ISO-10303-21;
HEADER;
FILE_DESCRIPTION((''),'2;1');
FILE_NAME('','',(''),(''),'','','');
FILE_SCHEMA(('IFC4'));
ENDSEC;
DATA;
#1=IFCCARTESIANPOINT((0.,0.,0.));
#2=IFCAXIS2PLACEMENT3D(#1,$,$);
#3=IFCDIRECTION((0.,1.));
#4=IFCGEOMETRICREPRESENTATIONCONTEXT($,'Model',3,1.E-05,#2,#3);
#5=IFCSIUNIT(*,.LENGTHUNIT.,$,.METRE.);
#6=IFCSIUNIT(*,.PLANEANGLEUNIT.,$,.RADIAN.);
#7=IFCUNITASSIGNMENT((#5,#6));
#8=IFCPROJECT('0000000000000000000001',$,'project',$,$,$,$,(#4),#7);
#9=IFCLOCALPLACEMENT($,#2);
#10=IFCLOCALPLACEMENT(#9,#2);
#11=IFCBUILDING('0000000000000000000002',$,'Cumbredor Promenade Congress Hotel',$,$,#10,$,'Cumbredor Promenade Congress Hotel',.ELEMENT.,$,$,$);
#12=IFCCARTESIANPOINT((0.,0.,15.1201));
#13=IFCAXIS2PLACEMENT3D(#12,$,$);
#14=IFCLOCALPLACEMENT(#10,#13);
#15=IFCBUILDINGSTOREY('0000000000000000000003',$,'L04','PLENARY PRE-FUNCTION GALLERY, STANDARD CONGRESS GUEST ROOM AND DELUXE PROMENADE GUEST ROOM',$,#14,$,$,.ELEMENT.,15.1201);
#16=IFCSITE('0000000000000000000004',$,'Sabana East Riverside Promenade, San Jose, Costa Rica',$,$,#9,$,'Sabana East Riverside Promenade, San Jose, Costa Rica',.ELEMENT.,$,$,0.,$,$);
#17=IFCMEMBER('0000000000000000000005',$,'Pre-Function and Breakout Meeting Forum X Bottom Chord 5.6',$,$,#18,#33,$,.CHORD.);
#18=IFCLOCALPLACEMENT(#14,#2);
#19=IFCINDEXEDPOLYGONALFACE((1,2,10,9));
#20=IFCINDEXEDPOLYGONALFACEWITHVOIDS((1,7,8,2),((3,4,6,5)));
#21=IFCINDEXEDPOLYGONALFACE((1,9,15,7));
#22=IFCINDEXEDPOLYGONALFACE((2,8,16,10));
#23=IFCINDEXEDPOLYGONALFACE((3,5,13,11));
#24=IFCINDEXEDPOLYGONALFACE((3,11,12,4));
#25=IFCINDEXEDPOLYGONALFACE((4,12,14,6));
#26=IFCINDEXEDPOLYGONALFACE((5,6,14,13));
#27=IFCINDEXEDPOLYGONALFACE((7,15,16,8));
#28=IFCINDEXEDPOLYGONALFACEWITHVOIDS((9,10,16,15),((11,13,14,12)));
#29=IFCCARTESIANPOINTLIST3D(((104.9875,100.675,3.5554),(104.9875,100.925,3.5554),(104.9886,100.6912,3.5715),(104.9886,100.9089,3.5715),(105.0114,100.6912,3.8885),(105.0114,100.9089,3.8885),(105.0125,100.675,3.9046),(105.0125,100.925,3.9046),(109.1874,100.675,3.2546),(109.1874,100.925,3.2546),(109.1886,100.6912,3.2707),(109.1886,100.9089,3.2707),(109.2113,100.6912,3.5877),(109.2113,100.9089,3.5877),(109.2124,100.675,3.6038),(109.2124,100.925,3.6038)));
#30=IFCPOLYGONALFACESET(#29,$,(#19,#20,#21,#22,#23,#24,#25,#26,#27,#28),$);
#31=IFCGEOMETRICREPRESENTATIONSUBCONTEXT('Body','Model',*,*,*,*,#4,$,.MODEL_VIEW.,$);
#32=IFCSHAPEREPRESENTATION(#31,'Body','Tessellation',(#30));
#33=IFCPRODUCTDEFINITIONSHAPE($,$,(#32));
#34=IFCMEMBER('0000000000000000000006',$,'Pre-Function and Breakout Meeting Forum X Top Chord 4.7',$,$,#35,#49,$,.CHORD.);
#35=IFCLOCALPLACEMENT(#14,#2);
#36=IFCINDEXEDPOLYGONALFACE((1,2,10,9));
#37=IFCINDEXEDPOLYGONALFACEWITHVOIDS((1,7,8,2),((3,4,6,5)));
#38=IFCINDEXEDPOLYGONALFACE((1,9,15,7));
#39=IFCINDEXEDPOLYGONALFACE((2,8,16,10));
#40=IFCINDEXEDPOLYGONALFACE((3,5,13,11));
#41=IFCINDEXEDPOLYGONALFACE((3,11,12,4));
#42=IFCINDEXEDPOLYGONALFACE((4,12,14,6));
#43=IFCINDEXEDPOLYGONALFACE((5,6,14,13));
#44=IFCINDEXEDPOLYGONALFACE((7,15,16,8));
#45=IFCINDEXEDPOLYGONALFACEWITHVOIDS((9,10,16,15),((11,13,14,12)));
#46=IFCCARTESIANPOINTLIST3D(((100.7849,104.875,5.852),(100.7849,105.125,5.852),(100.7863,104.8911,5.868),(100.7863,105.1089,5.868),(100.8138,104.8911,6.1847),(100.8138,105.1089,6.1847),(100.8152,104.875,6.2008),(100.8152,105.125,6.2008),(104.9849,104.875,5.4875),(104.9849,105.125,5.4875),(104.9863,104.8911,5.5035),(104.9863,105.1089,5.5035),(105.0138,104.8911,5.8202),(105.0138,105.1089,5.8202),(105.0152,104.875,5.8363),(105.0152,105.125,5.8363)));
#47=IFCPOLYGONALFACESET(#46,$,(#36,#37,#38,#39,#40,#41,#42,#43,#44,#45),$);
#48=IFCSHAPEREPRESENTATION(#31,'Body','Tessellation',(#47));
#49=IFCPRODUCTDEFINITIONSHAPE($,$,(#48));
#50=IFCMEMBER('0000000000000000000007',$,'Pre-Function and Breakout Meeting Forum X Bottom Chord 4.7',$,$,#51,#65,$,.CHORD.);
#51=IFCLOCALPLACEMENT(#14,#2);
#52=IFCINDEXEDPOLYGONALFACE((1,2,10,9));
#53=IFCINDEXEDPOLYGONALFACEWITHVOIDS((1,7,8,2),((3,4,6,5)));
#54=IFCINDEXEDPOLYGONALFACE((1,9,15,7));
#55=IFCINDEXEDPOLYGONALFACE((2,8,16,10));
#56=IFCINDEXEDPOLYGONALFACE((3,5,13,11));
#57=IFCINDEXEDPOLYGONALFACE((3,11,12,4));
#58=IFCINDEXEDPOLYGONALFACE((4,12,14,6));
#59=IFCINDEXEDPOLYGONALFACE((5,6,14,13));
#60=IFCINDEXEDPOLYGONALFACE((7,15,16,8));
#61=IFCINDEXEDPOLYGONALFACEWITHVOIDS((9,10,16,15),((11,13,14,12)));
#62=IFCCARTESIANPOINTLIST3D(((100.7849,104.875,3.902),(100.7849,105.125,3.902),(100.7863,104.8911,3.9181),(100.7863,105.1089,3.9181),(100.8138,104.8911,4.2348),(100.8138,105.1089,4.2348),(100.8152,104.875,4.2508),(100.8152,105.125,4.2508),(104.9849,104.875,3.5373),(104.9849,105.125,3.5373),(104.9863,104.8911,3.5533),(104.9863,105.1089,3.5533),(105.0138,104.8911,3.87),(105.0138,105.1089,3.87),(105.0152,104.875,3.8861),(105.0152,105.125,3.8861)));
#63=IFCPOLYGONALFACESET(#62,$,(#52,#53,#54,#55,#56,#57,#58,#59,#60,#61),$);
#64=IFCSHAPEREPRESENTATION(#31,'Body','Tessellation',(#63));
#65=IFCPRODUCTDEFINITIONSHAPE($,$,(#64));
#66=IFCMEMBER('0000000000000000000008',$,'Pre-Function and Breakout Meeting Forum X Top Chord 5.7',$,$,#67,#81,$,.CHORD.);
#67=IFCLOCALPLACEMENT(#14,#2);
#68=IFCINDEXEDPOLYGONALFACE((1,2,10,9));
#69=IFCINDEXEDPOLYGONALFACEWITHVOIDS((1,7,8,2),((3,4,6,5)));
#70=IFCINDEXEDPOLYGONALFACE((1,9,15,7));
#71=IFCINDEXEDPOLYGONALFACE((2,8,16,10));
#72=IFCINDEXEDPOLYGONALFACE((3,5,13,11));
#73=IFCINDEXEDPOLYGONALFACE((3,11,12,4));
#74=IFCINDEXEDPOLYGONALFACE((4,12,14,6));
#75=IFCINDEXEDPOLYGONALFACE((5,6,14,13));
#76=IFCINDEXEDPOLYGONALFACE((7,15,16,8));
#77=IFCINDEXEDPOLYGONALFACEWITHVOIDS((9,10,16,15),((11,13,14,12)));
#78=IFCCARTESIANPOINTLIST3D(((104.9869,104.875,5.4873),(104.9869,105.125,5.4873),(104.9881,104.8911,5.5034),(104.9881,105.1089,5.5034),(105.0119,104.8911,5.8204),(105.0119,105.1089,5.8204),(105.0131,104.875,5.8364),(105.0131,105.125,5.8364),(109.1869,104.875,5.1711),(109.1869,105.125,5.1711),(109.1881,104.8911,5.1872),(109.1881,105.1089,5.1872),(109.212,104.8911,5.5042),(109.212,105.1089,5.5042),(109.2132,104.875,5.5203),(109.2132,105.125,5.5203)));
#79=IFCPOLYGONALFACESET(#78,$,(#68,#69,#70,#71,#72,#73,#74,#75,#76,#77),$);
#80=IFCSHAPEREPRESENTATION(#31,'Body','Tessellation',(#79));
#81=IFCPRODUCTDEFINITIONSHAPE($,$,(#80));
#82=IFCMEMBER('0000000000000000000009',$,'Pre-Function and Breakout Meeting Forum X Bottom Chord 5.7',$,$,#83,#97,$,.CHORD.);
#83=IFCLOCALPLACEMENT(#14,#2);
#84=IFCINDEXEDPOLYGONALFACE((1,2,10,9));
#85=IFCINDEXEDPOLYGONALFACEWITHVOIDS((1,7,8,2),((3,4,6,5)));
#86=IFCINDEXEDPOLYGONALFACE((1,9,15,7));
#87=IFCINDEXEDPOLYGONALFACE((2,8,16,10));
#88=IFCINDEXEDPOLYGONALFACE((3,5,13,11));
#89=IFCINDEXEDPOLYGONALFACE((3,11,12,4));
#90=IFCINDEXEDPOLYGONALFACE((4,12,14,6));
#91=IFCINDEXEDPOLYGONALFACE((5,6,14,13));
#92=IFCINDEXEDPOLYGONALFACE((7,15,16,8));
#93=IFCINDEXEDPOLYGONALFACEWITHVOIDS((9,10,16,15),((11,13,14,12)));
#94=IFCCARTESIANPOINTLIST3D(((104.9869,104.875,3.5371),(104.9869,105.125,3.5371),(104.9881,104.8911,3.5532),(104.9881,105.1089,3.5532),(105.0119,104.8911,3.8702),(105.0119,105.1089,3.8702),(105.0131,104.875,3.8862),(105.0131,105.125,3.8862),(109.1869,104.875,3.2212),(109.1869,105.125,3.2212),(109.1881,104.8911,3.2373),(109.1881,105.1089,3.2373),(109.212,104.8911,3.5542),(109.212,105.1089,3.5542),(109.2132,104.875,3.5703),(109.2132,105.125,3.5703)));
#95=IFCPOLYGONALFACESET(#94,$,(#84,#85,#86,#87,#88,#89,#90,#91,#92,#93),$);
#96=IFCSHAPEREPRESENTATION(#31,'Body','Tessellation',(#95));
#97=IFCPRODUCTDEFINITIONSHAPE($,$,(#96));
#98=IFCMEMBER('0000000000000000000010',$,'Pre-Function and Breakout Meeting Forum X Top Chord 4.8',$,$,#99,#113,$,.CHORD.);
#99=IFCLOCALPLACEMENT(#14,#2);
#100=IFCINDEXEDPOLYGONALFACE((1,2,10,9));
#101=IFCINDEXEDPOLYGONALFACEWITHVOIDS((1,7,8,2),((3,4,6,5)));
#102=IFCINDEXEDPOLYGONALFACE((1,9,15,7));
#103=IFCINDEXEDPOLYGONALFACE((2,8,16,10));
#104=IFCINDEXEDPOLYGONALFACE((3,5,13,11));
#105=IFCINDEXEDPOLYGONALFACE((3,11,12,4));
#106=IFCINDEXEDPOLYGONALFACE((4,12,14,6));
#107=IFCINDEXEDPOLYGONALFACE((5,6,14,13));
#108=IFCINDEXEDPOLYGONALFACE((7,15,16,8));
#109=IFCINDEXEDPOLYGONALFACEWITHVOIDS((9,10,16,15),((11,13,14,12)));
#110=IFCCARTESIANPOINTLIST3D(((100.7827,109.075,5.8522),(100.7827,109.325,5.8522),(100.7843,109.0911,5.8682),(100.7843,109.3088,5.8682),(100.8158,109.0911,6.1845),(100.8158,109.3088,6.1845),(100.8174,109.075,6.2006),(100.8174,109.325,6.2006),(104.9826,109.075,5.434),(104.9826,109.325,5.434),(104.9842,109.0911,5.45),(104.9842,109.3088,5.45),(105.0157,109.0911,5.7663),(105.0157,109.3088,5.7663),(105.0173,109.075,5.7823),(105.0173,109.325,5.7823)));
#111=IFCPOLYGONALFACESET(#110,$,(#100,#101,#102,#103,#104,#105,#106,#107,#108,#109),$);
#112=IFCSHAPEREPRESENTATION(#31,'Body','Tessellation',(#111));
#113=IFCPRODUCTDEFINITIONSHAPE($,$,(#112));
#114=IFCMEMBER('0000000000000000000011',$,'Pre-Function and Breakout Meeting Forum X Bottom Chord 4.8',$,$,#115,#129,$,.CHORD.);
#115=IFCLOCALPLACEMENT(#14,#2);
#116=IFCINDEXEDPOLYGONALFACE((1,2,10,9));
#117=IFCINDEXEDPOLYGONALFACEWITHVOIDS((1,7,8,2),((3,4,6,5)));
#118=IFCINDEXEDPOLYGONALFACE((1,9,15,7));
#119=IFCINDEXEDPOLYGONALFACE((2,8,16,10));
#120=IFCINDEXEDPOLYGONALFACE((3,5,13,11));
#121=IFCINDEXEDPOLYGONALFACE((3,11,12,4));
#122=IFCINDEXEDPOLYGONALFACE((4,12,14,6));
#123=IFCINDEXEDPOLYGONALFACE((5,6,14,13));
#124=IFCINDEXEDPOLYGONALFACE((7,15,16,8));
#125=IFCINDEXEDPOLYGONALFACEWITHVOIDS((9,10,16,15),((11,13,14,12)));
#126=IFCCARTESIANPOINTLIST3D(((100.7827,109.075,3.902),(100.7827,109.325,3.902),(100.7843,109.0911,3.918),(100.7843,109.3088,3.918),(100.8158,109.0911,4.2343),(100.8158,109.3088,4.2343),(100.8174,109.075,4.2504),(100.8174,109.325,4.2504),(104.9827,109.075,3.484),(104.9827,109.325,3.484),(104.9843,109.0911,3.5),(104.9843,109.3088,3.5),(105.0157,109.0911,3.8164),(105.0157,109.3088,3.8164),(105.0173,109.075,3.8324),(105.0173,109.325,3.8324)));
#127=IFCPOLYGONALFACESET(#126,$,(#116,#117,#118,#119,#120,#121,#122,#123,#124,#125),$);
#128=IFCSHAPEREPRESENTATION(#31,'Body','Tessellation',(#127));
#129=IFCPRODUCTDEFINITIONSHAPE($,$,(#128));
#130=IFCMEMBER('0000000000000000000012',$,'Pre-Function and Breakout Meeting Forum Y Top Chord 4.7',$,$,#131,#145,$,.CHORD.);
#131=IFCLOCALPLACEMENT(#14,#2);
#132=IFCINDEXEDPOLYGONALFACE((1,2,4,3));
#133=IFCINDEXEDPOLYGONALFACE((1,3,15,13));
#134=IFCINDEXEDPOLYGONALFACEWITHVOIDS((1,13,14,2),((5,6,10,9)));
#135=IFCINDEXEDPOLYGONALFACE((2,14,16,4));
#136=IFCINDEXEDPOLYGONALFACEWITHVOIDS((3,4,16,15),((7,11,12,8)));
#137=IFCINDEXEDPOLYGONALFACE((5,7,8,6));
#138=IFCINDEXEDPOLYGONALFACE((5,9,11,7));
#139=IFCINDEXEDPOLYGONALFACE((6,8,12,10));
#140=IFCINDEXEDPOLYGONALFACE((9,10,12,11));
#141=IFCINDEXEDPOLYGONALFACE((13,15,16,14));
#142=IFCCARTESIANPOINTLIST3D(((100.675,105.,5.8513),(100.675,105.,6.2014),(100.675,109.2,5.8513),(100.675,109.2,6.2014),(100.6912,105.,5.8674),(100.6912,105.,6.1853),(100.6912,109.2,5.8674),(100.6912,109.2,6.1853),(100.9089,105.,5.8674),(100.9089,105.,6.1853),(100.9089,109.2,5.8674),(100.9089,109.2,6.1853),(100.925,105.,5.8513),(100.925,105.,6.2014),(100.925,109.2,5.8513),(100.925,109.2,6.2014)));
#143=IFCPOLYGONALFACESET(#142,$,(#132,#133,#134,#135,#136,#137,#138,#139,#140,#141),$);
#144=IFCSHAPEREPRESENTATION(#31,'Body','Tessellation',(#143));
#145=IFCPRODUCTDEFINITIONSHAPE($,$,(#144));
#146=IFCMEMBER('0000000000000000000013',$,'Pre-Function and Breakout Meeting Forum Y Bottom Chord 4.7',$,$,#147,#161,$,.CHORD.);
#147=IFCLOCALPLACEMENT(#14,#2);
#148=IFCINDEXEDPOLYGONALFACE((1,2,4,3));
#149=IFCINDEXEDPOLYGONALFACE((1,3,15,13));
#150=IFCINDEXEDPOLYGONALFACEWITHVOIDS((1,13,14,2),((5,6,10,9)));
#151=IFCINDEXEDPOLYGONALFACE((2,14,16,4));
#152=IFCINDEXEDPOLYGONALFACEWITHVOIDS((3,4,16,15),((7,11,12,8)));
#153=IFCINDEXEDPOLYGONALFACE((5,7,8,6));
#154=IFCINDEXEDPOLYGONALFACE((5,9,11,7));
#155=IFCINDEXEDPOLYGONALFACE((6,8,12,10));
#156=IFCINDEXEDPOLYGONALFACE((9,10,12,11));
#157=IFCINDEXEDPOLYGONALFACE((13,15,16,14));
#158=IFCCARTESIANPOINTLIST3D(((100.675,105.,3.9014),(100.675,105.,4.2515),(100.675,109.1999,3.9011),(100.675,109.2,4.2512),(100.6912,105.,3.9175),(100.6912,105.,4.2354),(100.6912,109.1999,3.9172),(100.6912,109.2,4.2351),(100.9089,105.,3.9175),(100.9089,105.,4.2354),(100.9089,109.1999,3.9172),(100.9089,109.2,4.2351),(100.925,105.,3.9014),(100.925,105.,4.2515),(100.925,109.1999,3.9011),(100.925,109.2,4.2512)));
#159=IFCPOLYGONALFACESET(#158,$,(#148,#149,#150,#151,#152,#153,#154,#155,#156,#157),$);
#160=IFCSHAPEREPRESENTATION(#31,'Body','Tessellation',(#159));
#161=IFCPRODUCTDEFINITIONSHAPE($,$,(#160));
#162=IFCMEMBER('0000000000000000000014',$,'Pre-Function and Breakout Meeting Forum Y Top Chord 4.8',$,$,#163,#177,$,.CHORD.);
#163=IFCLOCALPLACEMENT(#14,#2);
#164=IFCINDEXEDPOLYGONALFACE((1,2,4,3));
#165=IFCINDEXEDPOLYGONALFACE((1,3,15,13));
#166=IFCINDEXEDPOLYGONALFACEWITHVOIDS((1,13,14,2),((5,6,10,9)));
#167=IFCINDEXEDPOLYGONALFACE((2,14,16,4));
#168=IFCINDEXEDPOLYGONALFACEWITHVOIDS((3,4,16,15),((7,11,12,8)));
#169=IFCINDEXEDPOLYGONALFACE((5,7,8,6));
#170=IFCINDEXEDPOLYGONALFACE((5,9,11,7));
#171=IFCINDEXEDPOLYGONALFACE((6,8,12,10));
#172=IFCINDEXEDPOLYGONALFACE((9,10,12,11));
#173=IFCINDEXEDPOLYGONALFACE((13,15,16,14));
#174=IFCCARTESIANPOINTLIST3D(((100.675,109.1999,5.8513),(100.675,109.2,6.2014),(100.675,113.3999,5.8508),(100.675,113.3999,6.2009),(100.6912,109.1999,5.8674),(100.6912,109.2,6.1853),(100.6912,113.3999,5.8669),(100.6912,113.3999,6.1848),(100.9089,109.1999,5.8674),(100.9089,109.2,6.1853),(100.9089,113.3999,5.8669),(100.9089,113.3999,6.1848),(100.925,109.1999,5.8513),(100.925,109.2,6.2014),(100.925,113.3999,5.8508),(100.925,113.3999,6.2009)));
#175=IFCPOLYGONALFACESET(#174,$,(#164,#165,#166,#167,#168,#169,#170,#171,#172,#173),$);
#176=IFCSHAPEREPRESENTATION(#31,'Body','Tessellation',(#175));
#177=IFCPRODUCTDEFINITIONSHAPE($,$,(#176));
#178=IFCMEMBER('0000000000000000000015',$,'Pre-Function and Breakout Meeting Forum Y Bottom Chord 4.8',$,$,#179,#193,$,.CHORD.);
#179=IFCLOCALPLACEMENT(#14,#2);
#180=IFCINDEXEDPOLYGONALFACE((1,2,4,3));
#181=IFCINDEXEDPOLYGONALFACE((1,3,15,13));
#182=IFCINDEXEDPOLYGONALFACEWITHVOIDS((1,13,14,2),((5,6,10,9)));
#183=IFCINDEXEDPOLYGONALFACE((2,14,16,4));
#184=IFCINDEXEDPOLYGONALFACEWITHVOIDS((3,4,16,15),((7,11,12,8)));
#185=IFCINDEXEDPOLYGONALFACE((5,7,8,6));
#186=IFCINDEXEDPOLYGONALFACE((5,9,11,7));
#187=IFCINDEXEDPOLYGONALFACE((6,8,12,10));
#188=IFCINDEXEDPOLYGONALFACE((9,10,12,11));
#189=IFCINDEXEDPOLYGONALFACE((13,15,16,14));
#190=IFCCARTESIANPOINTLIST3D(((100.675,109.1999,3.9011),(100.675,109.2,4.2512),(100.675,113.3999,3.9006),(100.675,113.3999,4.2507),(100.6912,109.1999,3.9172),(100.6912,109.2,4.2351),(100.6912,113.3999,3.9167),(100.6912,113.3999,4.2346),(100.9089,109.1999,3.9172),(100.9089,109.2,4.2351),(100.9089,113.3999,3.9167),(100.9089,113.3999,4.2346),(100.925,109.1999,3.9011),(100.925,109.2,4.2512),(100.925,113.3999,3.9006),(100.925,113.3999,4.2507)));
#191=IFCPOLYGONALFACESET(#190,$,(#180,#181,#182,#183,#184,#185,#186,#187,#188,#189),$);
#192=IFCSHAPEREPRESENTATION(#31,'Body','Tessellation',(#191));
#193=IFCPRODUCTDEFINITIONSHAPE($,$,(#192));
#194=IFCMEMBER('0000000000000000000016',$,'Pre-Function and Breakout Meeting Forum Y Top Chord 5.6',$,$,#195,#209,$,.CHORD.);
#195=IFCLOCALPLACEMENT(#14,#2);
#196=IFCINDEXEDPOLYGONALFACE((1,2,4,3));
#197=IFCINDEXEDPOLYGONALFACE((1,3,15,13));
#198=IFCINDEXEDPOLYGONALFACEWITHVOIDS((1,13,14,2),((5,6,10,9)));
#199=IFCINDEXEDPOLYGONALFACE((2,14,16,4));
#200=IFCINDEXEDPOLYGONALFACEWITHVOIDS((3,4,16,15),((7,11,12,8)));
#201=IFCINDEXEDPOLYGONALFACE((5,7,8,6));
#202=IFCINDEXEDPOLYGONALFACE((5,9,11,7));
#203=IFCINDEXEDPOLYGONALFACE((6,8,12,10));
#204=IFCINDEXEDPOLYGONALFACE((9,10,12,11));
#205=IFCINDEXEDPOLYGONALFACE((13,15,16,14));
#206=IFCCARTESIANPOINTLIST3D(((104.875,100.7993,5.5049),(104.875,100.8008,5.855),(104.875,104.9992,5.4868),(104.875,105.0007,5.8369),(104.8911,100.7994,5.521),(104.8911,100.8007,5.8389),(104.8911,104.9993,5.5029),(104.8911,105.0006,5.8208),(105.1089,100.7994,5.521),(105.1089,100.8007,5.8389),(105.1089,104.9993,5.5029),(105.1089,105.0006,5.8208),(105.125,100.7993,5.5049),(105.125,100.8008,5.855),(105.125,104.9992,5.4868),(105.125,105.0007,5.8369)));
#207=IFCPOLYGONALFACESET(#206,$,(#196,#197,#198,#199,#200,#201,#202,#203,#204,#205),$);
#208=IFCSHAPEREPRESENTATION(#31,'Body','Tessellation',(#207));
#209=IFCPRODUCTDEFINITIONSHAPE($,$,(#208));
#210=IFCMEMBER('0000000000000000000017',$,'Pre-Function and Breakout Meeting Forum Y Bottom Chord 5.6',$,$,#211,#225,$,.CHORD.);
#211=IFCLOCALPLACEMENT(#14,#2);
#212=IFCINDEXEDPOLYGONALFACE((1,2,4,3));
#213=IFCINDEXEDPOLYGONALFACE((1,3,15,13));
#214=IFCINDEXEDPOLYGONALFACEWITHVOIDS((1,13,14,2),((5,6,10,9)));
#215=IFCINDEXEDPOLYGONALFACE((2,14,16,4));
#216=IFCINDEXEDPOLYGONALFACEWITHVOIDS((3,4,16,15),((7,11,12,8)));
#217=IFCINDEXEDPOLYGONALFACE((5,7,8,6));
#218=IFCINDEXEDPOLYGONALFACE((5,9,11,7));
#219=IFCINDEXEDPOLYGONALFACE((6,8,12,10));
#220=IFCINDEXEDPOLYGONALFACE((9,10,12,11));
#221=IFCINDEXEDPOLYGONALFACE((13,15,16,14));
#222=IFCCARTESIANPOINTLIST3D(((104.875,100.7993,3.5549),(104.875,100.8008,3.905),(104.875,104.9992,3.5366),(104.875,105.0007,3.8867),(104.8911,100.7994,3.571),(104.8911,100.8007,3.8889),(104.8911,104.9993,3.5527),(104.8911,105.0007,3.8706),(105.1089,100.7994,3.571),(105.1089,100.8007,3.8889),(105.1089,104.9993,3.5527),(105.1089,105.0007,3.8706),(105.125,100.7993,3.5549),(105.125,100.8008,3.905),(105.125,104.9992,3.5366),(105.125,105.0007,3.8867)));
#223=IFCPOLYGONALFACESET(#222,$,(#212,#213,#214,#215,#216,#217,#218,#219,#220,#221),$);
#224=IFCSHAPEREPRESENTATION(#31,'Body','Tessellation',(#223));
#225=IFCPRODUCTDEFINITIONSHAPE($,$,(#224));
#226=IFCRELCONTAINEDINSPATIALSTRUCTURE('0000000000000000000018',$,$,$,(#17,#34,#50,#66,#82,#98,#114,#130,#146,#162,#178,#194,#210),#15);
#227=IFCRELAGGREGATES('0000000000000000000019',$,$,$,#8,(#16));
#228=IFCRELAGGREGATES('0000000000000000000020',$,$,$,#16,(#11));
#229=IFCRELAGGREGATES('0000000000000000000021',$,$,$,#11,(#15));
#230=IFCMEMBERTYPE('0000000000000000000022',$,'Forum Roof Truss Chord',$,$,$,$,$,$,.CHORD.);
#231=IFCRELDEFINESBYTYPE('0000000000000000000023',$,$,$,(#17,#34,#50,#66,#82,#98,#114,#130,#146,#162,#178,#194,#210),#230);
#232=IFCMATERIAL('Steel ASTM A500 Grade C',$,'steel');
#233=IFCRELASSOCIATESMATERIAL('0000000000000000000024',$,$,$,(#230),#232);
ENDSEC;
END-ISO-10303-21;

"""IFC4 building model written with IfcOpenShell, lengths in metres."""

from ifc_helpers import new_model, si_unit, direction, frame, origin, origin_2d, place, context, subcontext, project, spatial, hollow_rectangle, extrude, material, material_profile, profile_set, type_object, element, save


model = new_model("IFC4")

# Units and contexts
model_context = context("Model", 3, precision=1e-05, world=origin(), true_north=direction((0.0, 1.0)))
body_context = subcontext(model_context, "Body", "Model", "MODEL_VIEW")
ifc_project = project(units=[si_unit("LENGTHUNIT", "METRE"), si_unit("PLANEANGLEUNIT", "RADIAN")], contexts=[model_context])

# Site, building, storey
site_placement = place(None, origin())
site = spatial("IfcSite", under=ifc_project, at=site_placement, Name="Sabana East Riverside Promenade, San Jose, Costa Rica", LongName="Sabana East Riverside Promenade, San Jose, Costa Rica", CompositionType="ELEMENT", RefElevation=0.0)
building_placement = place(site_placement, origin())
building = spatial("IfcBuilding", under=site, at=building_placement, Name="Cumbredor Promenade Congress Hotel", LongName="Cumbredor Promenade Congress Hotel", CompositionType="ELEMENT")
storey_placement = place(building_placement, frame((0.0, 0.0, 15.1201)))
storey = spatial("IfcBuildingStorey", under=building, at=storey_placement, Name="L04", Description="PLENARY PRE-FUNCTION GALLERY, STANDARD CONGRESS GUEST ROOM AND DELUXE PROMENADE GUEST ROOM", CompositionType="ELEMENT", Elevation=15.1201)

# Members
ifc_material_1 = material(Name="Steel ASTM A500 Grade C", Category="steel")
ifc_material_profile_1 = material_profile(ifc_material_1, hollow_rectangle(XDim=0.25, YDim=0.3501, WallThickness=0.0161, at=origin_2d()), Name="HSS 350x250x16")
ifc_profile_set_1 = profile_set([ifc_material_profile_1], Name="Steel ASTM A500 Grade C")
member_type_1 = type_object("IfcMemberType", Name="Forum Roof Truss Chord", PredefinedType="CHORD", material=ifc_profile_set_1)
member_1_placement = place(storey_placement, frame((105.0, 100.8, 3.73), z_axis=(0.997445, 0.0, -0.071432), x_axis=(0.0, 1.0, 0.0)))
element("IfcMember", 1, at=member_1_placement, inside=storey, type_object=member_type_1, Name="Pre-Function and Breakout Meeting Forum X Bottom Chord 5.6", PredefinedType="CHORD", context=body_context, shape_type="SweptSolid", body=[
    extrude(hollow_rectangle(XDim=0.25, YDim=0.3501, WallThickness=0.0161, at=origin_2d()), origin(), (0.0, 0.0, 1.0), 4.2107),
])
for number, where, z_axis, x_axis, name in (
    (2, (100.8, 105.0, 6.0264), (0.996255, 0.0, -0.086462), (0.0, 1.0, 0.0), "Pre-Function and Breakout Meeting Forum X Top Chord 4.7"),
    (3, (100.8, 105.0, 4.0764), (0.99625, 0.0, -0.08652), (0.0, 1.0, 0.0), "Pre-Function and Breakout Meeting Forum X Bottom Chord 4.7"),
):
    element("IfcMember", number, at=place(storey_placement, frame(where, z_axis=z_axis, x_axis=x_axis)), inside=storey, type_object=member_type_1, Name=name, PredefinedType="CHORD", context=body_context, shape_type="SweptSolid", body=[
        extrude(hollow_rectangle(XDim=0.25, YDim=0.3501, WallThickness=0.0161, at=origin_2d()), origin(), (0.0, 0.0, 1.0), 4.2158),
    ])
for number, where, z_axis, x_axis, name in (
    (4, (105.0, 105.0, 5.6619), (0.997179, 0.0, -0.075065), (0.0, 1.0, 0.0), "Pre-Function and Breakout Meeting Forum X Top Chord 5.7"),
    (5, (105.0, 105.0, 3.7117), (0.997183, 0.0, -0.075008), (0.0, 1.0, 0.0), "Pre-Function and Breakout Meeting Forum X Bottom Chord 5.7"),
):
    element("IfcMember", number, at=place(storey_placement, frame(where, z_axis=z_axis, x_axis=x_axis)), inside=storey, type_object=member_type_1, Name=name, PredefinedType="CHORD", context=body_context, shape_type="SweptSolid", body=[
        extrude(hollow_rectangle(XDim=0.25, YDim=0.3501, WallThickness=0.0161, at=origin_2d()), origin(), (0.0, 0.0, 1.0), 4.2119),
    ])
for number, where, z_axis, x_axis, name in (
    (6, (100.8, 109.2, 6.0264), (0.995079, 0.0, -0.099086), (0.0, 1.0, 0.0), "Pre-Function and Breakout Meeting Forum X Top Chord 4.8"),
    (7, (100.8, 109.2, 4.0762), (0.995085, 0.0, -0.099028), (0.0, 1.0, 0.0), "Pre-Function and Breakout Meeting Forum X Bottom Chord 4.8"),
):
    element("IfcMember", number, at=place(storey_placement, frame(where, z_axis=z_axis, x_axis=x_axis)), inside=storey, type_object=member_type_1, Name=name, PredefinedType="CHORD", context=body_context, shape_type="SweptSolid", body=[
        extrude(hollow_rectangle(XDim=0.25, YDim=0.3501, WallThickness=0.0161, at=origin_2d()), origin(), (0.0, 0.0, 1.0), 4.2207),
    ])
for number, where, z_axis, x_axis, name in (
    (8, (100.8, 105.0, 6.0264), (0.0, 1.0, 0.0), (-1.0, 0.0, 0.0), "Pre-Function and Breakout Meeting Forum Y Top Chord 4.7"),
    (9, (100.8, 105.0, 4.0764), (0.0, 1.0, -0.000058), (-1.0, 0.0, 0.0), "Pre-Function and Breakout Meeting Forum Y Bottom Chord 4.7"),
    (10, (100.8, 109.2, 6.0264), (0.0, 1.0, -0.000116), (-1.0, 0.0, 0.0), "Pre-Function and Breakout Meeting Forum Y Top Chord 4.8"),
    (11, (100.8, 109.2, 4.0762), (0.0, 1.0, -0.000116), (-1.0, 0.0, 0.0), "Pre-Function and Breakout Meeting Forum Y Bottom Chord 4.8"),
    (12, (105.0, 100.8, 5.6799), (0.0, 0.999991, -0.004302), (-1.0, 0.0, 0.0), "Pre-Function and Breakout Meeting Forum Y Top Chord 5.6"),
    (13, (105.0, 100.8, 3.73), (0.0, 0.99999, -0.00436), (-1.0, 0.0, 0.0), "Pre-Function and Breakout Meeting Forum Y Bottom Chord 5.6"),
):
    element("IfcMember", number, at=place(storey_placement, frame(where, z_axis=z_axis, x_axis=x_axis)), inside=storey, type_object=member_type_1, Name=name, PredefinedType="CHORD", context=body_context, shape_type="SweptSolid", body=[
        extrude(hollow_rectangle(XDim=0.25, YDim=0.3501, WallThickness=0.0161, at=origin_2d()), origin(), (0.0, 0.0, 1.0), 4.2),
    ])

save(model, "model.ifc")
